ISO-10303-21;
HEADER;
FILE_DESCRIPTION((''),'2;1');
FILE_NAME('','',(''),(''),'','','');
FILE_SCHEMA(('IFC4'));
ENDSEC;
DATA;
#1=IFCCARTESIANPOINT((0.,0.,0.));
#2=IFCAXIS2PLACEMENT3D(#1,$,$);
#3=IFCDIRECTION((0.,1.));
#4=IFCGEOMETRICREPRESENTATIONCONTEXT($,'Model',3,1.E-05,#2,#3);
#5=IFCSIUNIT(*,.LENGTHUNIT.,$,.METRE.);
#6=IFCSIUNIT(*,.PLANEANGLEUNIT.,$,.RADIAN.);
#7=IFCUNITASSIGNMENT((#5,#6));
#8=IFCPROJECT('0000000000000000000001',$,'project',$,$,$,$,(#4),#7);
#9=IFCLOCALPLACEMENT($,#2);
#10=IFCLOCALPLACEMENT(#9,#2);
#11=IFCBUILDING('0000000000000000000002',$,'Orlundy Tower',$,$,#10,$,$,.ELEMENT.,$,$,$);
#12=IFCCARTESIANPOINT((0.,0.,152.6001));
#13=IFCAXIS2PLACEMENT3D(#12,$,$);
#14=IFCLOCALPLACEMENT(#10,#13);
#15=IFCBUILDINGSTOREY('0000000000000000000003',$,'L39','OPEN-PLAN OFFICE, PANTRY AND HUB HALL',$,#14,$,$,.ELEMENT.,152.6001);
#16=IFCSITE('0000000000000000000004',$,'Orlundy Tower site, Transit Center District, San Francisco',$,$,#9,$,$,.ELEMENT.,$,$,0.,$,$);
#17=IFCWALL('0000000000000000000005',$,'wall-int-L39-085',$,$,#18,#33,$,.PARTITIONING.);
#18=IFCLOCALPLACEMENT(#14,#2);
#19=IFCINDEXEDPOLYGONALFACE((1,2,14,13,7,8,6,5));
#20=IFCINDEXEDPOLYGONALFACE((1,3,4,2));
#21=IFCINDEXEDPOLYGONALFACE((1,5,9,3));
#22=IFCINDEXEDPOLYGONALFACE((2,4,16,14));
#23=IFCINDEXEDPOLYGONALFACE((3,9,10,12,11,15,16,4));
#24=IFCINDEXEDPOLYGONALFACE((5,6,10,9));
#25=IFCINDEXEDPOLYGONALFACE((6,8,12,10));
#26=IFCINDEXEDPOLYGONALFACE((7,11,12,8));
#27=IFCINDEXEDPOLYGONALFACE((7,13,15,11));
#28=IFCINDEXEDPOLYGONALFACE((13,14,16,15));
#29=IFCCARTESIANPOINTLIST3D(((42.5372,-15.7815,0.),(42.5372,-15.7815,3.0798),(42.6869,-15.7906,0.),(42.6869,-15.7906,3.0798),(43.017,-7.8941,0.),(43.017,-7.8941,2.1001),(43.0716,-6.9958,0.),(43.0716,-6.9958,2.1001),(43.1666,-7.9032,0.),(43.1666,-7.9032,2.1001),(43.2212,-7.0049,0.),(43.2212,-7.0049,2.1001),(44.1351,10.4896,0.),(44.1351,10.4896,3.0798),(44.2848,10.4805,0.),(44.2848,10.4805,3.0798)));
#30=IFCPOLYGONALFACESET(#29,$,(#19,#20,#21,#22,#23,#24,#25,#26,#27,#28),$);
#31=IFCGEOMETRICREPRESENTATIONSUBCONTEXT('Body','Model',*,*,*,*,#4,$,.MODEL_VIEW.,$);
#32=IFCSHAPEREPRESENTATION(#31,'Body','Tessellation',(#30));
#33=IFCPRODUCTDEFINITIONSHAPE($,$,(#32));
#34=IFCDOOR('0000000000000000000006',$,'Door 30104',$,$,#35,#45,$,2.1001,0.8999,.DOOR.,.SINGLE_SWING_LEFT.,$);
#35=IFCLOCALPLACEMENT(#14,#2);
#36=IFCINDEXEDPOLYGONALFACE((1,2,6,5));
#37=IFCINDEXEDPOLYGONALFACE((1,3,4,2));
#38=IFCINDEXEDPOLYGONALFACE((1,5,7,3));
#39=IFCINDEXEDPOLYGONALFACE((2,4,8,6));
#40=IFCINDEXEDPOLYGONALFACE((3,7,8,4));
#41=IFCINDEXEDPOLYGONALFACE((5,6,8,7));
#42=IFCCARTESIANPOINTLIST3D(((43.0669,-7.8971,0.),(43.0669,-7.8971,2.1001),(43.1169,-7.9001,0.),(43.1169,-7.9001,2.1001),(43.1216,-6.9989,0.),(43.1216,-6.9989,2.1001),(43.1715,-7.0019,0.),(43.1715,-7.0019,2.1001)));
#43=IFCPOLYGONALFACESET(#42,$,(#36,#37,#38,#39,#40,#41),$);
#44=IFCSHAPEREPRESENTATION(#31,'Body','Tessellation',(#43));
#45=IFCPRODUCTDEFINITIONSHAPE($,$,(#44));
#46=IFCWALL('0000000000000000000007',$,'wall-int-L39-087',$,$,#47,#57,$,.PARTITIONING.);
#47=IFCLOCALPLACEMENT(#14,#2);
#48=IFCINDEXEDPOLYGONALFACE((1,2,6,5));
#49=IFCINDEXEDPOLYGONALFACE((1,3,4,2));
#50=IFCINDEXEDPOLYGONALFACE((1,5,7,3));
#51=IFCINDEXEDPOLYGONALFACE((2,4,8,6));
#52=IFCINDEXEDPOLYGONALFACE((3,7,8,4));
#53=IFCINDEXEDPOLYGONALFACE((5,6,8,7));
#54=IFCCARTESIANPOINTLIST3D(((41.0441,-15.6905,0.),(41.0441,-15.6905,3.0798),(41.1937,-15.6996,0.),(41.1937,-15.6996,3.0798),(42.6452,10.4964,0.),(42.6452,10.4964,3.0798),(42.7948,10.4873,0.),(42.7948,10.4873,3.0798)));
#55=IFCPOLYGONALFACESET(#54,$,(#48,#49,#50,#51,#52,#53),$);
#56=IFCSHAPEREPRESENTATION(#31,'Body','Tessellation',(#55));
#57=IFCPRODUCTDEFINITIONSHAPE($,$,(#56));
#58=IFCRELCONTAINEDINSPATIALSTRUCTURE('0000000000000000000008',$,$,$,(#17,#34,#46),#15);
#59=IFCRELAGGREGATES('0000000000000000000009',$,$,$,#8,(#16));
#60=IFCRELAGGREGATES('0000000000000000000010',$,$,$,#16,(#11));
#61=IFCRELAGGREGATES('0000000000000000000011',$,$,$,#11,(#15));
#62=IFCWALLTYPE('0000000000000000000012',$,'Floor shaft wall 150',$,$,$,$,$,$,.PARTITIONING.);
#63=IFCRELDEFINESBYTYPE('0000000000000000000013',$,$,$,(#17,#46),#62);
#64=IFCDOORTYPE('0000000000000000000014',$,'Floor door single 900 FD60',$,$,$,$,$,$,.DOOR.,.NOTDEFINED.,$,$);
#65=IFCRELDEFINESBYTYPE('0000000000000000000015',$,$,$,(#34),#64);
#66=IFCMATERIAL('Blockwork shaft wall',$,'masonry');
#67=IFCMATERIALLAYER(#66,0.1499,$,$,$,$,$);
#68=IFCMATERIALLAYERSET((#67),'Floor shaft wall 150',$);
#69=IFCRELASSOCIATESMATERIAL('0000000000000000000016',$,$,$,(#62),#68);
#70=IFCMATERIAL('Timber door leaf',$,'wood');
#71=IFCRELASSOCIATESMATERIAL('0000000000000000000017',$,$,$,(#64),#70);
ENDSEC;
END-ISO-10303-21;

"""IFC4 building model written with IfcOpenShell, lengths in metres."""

from ifc_helpers import new_model, si_unit, direction, frame, frame_2d, origin, place, context, subcontext, project, spatial, rectangle, extrude, material, layer, layer_set, type_object, element, fill, save


model = new_model("IFC4")

# Units and contexts
model_context = context("Model", 3, precision=1e-05, world=origin(), true_north=direction((0.0, 1.0)))
body_context = subcontext(model_context, "Body", "Model", "MODEL_VIEW")
ifc_project = project(units=[si_unit("LENGTHUNIT", "METRE"), si_unit("PLANEANGLEUNIT", "RADIAN")], contexts=[model_context])

# Site, building, storey
site_placement = place(None, origin())
site = spatial("IfcSite", under=ifc_project, at=site_placement, Name="Orlundy Tower site, Transit Center District, San Francisco", CompositionType="ELEMENT", RefElevation=0.0)
building_placement = place(site_placement, origin())
building = spatial("IfcBuilding", under=site, at=building_placement, Name="Orlundy Tower", CompositionType="ELEMENT")
storey_placement = place(building_placement, frame((0.0, 0.0, 152.6001)))
storey = spatial("IfcBuildingStorey", under=building, at=storey_placement, Name="L39", Description="OPEN-PLAN OFFICE, PANTRY AND HUB HALL", CompositionType="ELEMENT", Elevation=152.6001)

# Shared definitions
ifc_material_1 = material(Name="Blockwork shaft wall", Category="masonry")
ifc_layer_1 = layer(ifc_material_1, 0.1499)
ifc_layer_set_1 = layer_set([ifc_layer_1], Name="Floor shaft wall 150")
wall_type_1 = type_object("IfcWallType", Name="Floor shaft wall 150", PredefinedType="PARTITIONING", material=ifc_layer_set_1)

# Wall, opening, door
wall_1_placement = place(storey_placement, frame((42.6121, -15.7859, 0.0), z_axis=(0.0, 0.0, 1.0), x_axis=(0.060712, 0.998155, 0.0)))
wall_1 = element("IfcWall", 1, at=wall_1_placement, inside=storey, type_object=wall_type_1, Name="wall-int-L39-085", PredefinedType="PARTITIONING", context=body_context, shape_type="SweptSolid", body=[
    extrude(rectangle(XDim=26.3196, YDim=0.1499, at=frame_2d((13.1597, 0.0))), origin(), (0.0, 0.0, 1.0), 3.0798),
])
opening_1_placement = place(wall_1_placement, frame((7.9019, 0.0, 0.0)))
opening_1 = element("IfcOpeningElement", 2, at=opening_1_placement, cuts=wall_1, PredefinedType="OPENING", context=body_context, shape_type="SweptSolid", body=[
    extrude(rectangle(XDim=0.8999, YDim=2.1001, at=frame_2d((0.45, 1.05))), frame((0.0, 0.085, 0.0), z_axis=(0.0, -1.0, 0.0), x_axis=(1.0, 0.0, 0.0)), (0.0, 0.0, 1.0), 0.1699),
])
ifc_material_2 = material(Name="Timber door leaf", Category="wood")
door_type_1 = type_object("IfcDoorType", Name="Floor door single 900 FD60", OperationType="NOTDEFINED", PredefinedType="DOOR", material=ifc_material_2)
door_1_placement = place(opening_1_placement, origin())
door_1 = element("IfcDoor", 3, at=door_1_placement, inside=storey, type_object=door_type_1, Name="Door 30104", OperationType="SINGLE_SWING_LEFT", OverallHeight=2.1001, OverallWidth=0.8999, PredefinedType="DOOR", context=body_context, shape_type="SweptSolid", body=[
    extrude(rectangle(XDim=0.8999, YDim=2.1001, at=frame_2d((0.45, 1.05))), frame((0.0, 0.0249, 0.0), z_axis=(0.0, -1.0, 0.0), x_axis=(1.0, 0.0, 0.0)), (0.0, 0.0, 1.0), 0.05),
])
fill(opening_1, door_1)

# Wall
wall_2_placement = place(storey_placement, frame((41.1189, -15.6951, 0.0), z_axis=(0.0, 0.0, 1.0), x_axis=(0.061026, 0.998136, 0.0)))
element("IfcWall", 4, at=wall_2_placement, inside=storey, type_object=wall_type_1, Name="wall-int-L39-087", PredefinedType="PARTITIONING", context=body_context, shape_type="SweptSolid", body=[
    extrude(rectangle(XDim=26.2358, YDim=0.1499, at=frame_2d((13.1179, 0.0))), origin(), (0.0, 0.0, 1.0), 3.0798),
])

save(model, "model.ifc")
